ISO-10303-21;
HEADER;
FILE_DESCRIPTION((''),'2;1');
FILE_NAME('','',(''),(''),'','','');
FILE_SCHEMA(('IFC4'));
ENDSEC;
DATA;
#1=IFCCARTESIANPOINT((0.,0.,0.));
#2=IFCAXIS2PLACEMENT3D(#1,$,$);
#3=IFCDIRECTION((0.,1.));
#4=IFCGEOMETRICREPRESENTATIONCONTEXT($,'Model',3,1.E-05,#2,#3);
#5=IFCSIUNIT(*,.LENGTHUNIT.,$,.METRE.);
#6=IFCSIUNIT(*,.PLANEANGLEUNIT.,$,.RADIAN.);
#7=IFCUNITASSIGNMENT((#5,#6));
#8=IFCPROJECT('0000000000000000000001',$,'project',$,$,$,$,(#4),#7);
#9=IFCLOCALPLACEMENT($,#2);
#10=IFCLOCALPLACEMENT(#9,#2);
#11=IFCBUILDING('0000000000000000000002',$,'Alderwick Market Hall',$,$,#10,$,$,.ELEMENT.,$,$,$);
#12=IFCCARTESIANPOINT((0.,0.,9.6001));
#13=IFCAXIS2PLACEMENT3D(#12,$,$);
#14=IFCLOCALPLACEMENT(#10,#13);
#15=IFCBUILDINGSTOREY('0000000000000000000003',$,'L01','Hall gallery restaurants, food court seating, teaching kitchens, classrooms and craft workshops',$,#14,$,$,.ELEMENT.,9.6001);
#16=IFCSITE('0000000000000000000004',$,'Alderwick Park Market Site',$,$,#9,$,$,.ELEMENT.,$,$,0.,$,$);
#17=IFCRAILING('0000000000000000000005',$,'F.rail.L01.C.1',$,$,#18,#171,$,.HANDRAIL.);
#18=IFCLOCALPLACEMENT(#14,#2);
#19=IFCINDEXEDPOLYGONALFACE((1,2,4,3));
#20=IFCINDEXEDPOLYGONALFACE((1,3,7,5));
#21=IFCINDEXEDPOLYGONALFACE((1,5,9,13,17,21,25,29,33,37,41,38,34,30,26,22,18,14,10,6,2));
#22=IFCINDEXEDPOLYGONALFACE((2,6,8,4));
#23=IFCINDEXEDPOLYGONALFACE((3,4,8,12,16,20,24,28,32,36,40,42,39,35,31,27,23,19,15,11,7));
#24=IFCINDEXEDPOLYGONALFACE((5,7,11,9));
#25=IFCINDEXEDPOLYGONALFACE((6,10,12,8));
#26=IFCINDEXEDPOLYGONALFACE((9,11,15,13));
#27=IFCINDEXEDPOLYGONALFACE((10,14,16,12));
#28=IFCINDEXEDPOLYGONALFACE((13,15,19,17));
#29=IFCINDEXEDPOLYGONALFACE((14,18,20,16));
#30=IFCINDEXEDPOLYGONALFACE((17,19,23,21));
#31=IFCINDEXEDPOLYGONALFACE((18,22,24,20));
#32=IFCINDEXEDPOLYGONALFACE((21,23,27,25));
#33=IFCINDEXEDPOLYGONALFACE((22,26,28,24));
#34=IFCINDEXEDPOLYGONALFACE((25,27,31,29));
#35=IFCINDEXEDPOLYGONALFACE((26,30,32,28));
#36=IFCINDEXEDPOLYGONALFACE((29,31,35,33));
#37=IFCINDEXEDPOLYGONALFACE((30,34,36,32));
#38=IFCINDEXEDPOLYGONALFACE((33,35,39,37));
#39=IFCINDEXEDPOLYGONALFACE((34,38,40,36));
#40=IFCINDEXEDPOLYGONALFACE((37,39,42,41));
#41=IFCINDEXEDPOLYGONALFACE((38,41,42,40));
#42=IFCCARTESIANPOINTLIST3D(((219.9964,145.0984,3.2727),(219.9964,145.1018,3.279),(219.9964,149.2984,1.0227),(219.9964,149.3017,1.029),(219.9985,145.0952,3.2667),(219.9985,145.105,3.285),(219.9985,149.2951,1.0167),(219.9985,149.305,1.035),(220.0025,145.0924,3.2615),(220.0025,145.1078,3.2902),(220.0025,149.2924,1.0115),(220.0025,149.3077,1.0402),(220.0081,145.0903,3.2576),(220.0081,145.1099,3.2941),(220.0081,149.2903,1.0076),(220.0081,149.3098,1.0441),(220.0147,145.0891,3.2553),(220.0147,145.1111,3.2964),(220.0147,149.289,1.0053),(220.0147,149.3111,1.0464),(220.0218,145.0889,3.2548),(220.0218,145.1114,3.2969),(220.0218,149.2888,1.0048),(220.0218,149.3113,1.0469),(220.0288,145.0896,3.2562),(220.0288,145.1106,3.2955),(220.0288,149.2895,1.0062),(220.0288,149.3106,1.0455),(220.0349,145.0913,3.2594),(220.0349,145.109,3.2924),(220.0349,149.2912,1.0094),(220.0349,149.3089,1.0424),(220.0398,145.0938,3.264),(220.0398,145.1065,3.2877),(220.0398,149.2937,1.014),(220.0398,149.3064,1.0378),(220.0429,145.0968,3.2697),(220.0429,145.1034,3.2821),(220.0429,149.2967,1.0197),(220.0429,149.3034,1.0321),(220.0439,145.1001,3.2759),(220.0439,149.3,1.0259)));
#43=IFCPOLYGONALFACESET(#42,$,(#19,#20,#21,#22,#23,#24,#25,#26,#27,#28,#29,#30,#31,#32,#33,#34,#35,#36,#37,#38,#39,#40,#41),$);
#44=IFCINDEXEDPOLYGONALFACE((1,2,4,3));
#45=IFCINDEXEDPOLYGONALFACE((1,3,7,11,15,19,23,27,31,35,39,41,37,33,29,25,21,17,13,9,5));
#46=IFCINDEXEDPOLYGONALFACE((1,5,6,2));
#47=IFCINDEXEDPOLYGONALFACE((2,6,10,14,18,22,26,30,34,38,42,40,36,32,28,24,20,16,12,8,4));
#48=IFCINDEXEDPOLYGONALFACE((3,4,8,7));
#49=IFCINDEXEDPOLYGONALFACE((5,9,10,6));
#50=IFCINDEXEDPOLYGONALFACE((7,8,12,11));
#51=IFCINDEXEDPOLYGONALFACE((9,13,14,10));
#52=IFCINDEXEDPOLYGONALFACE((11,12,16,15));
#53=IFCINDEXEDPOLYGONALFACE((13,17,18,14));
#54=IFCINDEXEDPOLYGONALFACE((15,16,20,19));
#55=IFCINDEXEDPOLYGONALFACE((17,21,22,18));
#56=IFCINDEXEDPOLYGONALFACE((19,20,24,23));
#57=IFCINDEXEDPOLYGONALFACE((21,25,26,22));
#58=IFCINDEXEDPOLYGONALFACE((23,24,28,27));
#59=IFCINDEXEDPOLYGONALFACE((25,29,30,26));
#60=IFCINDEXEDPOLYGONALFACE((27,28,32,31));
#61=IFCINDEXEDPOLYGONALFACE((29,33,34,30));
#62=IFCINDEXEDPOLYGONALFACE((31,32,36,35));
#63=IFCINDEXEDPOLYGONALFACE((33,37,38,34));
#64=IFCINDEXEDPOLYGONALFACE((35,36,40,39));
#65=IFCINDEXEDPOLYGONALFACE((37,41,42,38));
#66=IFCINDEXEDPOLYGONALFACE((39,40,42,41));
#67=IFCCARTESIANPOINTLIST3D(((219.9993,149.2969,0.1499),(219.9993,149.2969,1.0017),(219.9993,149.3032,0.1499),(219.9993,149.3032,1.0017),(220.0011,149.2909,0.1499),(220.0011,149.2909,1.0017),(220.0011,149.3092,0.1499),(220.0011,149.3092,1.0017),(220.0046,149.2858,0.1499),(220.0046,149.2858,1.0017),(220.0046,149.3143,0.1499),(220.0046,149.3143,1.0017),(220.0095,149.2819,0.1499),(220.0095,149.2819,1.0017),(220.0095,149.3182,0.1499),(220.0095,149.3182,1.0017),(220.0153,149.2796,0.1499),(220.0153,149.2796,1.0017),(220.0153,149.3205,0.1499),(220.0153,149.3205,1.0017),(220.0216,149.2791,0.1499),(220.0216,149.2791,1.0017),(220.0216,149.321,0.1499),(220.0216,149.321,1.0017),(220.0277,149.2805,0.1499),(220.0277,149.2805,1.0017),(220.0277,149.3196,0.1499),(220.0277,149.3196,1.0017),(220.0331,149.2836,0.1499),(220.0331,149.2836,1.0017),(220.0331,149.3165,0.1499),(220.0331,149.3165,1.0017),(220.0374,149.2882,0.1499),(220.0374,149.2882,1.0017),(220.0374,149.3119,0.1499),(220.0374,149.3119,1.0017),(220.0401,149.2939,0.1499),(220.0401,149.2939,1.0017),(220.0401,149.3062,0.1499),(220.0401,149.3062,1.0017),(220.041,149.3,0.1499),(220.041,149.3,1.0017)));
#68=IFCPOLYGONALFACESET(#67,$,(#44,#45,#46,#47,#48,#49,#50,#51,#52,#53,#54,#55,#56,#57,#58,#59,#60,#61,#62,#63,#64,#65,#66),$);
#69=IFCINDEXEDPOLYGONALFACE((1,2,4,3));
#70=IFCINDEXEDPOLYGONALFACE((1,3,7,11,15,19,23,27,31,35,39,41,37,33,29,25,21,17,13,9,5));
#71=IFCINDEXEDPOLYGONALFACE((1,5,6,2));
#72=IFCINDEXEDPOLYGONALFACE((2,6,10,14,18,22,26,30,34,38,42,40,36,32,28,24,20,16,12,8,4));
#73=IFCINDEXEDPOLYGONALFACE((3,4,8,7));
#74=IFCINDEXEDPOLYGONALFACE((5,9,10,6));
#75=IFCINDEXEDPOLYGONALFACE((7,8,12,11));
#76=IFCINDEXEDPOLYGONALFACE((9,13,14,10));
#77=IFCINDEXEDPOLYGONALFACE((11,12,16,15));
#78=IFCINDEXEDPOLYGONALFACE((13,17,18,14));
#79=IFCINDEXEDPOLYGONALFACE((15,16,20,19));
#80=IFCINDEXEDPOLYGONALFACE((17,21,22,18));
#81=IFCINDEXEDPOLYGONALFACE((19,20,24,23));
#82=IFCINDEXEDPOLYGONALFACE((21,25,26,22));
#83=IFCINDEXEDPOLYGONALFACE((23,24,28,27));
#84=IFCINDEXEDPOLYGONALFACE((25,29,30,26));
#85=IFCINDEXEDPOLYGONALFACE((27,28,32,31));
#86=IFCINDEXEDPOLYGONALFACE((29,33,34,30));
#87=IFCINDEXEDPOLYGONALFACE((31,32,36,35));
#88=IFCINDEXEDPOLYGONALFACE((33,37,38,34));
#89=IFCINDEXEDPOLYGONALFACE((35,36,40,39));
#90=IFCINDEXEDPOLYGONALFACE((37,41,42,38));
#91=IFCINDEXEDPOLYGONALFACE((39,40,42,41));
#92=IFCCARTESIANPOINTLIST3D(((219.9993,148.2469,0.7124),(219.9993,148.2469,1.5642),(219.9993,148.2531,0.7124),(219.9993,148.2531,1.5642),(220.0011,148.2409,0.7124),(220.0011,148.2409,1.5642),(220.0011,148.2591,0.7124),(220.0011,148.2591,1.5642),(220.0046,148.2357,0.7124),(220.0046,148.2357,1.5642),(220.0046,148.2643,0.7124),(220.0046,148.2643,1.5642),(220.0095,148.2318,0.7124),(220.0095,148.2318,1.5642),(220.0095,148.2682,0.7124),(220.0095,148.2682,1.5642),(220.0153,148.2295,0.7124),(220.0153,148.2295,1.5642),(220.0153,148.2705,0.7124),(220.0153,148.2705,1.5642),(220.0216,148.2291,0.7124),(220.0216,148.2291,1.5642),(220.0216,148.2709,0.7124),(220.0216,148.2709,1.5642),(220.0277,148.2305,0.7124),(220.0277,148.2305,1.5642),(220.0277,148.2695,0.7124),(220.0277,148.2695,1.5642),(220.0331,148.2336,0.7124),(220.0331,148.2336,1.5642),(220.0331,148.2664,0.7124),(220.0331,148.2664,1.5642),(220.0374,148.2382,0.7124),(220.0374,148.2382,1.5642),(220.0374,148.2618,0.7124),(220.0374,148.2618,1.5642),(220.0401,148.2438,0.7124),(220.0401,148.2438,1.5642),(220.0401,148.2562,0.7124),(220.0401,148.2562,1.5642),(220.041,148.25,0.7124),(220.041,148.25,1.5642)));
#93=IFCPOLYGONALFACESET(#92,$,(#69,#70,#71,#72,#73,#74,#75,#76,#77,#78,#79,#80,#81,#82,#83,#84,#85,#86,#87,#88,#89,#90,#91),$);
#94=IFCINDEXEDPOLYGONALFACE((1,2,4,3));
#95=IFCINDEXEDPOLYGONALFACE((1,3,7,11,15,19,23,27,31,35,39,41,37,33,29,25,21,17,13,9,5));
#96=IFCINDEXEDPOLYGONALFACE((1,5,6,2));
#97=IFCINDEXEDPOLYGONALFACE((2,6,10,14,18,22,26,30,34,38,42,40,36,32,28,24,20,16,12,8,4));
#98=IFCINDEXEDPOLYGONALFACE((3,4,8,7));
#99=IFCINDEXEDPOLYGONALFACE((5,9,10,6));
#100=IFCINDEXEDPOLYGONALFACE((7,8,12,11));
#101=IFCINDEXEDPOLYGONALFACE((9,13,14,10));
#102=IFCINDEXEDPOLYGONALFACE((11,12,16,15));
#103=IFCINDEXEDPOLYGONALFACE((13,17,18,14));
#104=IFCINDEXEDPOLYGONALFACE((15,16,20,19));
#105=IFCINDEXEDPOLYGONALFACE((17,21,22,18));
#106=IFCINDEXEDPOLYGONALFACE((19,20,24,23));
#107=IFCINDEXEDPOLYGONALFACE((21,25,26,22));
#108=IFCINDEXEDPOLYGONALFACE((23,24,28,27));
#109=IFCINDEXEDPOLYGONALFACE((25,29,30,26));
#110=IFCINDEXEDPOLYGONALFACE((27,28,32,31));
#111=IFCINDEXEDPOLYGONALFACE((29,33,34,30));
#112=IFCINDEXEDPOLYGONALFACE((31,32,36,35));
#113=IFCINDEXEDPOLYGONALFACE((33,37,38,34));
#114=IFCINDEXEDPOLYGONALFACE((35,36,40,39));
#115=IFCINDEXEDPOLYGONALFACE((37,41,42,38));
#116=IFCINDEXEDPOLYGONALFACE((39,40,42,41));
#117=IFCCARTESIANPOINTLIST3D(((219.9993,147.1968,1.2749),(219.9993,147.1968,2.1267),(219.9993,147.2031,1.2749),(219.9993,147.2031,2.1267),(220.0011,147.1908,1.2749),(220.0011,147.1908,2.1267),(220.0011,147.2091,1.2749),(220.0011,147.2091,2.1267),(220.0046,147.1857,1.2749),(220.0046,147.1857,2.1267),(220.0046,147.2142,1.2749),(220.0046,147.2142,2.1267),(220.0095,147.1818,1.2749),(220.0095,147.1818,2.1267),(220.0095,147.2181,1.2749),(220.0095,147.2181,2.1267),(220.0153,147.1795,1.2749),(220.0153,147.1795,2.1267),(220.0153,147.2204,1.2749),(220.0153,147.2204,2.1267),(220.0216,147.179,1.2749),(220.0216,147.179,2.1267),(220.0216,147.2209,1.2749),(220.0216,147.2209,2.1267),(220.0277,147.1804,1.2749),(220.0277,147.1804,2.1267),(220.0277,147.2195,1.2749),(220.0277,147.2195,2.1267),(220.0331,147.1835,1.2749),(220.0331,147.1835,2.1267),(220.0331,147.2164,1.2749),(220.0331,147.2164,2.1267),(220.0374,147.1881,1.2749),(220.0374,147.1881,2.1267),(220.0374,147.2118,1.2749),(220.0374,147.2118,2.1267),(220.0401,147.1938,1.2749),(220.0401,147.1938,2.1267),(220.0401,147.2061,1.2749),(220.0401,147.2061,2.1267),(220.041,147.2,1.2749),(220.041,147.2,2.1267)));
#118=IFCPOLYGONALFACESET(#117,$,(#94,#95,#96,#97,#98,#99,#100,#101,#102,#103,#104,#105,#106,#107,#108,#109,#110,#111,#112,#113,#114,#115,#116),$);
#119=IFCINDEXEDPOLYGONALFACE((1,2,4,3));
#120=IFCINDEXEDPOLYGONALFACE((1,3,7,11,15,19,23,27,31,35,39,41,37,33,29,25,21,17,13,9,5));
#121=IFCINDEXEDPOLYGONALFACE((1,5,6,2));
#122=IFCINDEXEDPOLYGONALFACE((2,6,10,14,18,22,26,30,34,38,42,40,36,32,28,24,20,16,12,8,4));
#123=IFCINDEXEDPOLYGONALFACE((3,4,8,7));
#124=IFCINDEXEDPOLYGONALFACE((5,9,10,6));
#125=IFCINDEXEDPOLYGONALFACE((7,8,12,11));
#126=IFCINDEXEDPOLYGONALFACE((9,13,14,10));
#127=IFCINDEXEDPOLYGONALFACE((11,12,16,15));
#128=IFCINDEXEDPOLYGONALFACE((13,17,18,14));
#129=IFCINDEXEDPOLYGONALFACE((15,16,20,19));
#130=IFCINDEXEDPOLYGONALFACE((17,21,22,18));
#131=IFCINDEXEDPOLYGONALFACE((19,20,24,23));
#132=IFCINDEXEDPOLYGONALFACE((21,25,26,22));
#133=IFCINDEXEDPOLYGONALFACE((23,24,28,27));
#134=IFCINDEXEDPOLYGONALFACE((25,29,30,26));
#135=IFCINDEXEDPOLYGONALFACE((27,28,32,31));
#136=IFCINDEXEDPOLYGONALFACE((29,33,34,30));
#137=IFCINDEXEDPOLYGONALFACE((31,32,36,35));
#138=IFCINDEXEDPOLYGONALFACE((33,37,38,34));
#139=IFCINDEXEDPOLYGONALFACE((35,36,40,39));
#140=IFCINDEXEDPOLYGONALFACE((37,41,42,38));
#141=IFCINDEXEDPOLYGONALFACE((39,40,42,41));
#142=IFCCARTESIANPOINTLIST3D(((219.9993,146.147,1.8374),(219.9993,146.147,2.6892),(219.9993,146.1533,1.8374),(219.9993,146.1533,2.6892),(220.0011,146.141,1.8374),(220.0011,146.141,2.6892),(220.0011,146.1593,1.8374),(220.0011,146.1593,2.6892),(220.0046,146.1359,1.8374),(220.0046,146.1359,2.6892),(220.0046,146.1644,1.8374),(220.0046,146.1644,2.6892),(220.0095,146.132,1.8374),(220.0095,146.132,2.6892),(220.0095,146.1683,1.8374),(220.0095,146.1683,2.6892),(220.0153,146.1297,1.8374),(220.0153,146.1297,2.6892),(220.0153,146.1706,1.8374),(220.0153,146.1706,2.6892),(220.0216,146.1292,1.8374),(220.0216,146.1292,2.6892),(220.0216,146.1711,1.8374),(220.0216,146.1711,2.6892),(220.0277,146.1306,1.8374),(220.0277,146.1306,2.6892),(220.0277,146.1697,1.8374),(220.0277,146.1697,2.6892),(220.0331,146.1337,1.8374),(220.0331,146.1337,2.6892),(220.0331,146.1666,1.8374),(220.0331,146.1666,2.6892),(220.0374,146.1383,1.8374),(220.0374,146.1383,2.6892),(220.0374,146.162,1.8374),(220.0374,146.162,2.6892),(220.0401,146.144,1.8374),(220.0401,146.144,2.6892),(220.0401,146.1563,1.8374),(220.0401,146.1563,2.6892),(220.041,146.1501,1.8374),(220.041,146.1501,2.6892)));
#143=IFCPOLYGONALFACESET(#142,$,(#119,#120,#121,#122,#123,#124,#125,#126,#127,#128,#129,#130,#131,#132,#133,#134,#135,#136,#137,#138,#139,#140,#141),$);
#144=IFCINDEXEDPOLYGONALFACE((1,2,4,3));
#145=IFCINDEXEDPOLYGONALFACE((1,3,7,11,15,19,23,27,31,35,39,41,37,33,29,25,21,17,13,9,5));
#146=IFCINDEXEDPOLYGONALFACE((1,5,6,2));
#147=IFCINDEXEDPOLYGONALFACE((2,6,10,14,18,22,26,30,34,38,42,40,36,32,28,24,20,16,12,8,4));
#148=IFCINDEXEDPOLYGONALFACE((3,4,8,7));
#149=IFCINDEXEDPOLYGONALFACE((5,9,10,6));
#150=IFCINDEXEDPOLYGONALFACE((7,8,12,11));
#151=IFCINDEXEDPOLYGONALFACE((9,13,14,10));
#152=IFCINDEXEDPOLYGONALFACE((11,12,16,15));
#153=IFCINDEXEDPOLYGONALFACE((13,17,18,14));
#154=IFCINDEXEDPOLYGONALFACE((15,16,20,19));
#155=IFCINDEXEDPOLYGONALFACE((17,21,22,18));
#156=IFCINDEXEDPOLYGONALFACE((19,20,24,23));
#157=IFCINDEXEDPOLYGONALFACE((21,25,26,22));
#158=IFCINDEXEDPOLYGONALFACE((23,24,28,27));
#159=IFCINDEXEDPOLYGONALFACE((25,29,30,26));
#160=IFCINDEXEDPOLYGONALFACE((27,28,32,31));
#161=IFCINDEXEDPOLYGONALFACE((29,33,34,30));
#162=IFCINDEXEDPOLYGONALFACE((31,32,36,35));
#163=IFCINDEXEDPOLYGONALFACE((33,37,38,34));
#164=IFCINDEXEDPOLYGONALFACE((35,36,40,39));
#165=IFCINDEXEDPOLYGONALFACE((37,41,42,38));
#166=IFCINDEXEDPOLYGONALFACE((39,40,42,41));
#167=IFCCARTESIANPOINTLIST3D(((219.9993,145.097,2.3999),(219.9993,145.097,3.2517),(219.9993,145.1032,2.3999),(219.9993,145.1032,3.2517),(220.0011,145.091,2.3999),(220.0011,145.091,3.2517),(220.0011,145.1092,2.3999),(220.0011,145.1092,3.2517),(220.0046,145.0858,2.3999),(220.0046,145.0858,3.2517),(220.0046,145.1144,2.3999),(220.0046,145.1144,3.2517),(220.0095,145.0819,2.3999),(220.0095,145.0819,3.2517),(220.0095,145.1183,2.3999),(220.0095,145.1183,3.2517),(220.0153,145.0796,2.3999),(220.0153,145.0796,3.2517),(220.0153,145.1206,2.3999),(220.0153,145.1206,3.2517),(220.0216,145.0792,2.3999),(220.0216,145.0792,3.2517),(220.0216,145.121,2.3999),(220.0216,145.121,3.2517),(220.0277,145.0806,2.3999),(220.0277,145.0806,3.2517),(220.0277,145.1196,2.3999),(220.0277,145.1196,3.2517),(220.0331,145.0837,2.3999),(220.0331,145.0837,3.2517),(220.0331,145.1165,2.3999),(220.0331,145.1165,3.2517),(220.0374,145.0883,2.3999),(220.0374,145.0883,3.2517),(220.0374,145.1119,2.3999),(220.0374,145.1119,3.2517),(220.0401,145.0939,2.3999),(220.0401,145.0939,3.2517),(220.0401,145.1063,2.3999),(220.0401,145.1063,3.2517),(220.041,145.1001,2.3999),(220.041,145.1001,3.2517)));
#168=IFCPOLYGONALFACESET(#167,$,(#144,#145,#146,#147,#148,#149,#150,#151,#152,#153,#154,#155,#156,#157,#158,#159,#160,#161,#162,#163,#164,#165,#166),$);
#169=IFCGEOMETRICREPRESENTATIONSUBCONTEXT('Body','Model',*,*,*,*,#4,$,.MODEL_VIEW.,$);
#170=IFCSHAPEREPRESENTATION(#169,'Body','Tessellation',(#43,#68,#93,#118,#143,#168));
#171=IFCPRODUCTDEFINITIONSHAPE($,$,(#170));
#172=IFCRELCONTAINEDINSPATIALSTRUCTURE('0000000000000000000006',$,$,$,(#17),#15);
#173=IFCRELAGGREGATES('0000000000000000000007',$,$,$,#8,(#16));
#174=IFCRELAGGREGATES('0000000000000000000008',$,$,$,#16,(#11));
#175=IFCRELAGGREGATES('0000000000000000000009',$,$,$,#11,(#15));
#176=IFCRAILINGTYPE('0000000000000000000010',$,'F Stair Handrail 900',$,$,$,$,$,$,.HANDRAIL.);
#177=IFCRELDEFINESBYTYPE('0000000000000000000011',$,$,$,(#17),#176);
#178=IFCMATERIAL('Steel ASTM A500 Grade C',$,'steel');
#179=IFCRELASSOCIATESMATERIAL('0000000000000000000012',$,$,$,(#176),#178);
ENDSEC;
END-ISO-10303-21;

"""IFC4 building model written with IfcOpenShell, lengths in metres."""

from ifc_helpers import new_model, si_unit, direction, frame, origin, origin_2d, place, context, subcontext, project, spatial, circle, extrude, material, type_object, element, save


model = new_model("IFC4")

# Units and contexts
model_context = context("Model", 3, precision=1e-05, world=origin(), true_north=direction((0.0, 1.0)))
body_context = subcontext(model_context, "Body", "Model", "MODEL_VIEW")
ifc_project = project(units=[si_unit("LENGTHUNIT", "METRE"), si_unit("PLANEANGLEUNIT", "RADIAN")], contexts=[model_context])

# Site, building, storey
site_placement = place(None, origin())
site = spatial("IfcSite", under=ifc_project, at=site_placement, Name="Alderwick Park Market Site", CompositionType="ELEMENT", RefElevation=0.0)
building_placement = place(site_placement, origin())
building = spatial("IfcBuilding", under=site, at=building_placement, Name="Alderwick Market Hall", CompositionType="ELEMENT")
storey_placement = place(building_placement, frame((0.0, 0.0, 9.6001)))
storey = spatial("IfcBuildingStorey", under=building, at=storey_placement, Name="L01", Description="Hall gallery restaurants, food court seating, teaching kitchens, classrooms and craft workshops", CompositionType="ELEMENT", Elevation=9.6001)

# Railing
ifc_material_1 = material(Name="Steel ASTM A500 Grade C", Category="steel")
railing_type = type_object("IfcRailingType", Name="F Stair Handrail 900", PredefinedType="HANDRAIL", material=ifc_material_1)
for number, where, name in (
    (1, (220.02, 149.3, 0.1499), "F.rail.L01.C.1"),
):
    element("IfcRailing", number, at=place(storey_placement, frame(where)), inside=storey, type_object=railing_type, Name=name, PredefinedType="HANDRAIL", context=body_context, shape_type="SweptSolid", body=[
        extrude(circle(Radius=0.0239, at=origin_2d()), frame((0.0, 0.0, 0.876), z_axis=(0.0, -0.881478, 0.472226), x_axis=(1.0, 0.0, 0.0)), (0.0, 0.0, 1.0), 4.7646),
        extrude(circle(Radius=0.021, at=origin_2d()), origin(), (0.0, 0.0, 1.0), 0.8518),
        extrude(circle(Radius=0.021, at=origin_2d()), frame((0.0, -1.05, 0.5625)), (0.0, 0.0, 1.0), 0.8518),
        extrude(circle(Radius=0.021, at=origin_2d()), frame((0.0, -2.1001, 1.125)), (0.0, 0.0, 1.0), 0.8518),
        extrude(circle(Radius=0.021, at=origin_2d()), frame((0.0, -3.1499, 1.6875)), (0.0, 0.0, 1.0), 0.8518),
        extrude(circle(Radius=0.021, at=origin_2d()), frame((0.0, -4.2, 2.25)), (0.0, 0.0, 1.0), 0.8518),
    ])

save(model, "model.ifc")
